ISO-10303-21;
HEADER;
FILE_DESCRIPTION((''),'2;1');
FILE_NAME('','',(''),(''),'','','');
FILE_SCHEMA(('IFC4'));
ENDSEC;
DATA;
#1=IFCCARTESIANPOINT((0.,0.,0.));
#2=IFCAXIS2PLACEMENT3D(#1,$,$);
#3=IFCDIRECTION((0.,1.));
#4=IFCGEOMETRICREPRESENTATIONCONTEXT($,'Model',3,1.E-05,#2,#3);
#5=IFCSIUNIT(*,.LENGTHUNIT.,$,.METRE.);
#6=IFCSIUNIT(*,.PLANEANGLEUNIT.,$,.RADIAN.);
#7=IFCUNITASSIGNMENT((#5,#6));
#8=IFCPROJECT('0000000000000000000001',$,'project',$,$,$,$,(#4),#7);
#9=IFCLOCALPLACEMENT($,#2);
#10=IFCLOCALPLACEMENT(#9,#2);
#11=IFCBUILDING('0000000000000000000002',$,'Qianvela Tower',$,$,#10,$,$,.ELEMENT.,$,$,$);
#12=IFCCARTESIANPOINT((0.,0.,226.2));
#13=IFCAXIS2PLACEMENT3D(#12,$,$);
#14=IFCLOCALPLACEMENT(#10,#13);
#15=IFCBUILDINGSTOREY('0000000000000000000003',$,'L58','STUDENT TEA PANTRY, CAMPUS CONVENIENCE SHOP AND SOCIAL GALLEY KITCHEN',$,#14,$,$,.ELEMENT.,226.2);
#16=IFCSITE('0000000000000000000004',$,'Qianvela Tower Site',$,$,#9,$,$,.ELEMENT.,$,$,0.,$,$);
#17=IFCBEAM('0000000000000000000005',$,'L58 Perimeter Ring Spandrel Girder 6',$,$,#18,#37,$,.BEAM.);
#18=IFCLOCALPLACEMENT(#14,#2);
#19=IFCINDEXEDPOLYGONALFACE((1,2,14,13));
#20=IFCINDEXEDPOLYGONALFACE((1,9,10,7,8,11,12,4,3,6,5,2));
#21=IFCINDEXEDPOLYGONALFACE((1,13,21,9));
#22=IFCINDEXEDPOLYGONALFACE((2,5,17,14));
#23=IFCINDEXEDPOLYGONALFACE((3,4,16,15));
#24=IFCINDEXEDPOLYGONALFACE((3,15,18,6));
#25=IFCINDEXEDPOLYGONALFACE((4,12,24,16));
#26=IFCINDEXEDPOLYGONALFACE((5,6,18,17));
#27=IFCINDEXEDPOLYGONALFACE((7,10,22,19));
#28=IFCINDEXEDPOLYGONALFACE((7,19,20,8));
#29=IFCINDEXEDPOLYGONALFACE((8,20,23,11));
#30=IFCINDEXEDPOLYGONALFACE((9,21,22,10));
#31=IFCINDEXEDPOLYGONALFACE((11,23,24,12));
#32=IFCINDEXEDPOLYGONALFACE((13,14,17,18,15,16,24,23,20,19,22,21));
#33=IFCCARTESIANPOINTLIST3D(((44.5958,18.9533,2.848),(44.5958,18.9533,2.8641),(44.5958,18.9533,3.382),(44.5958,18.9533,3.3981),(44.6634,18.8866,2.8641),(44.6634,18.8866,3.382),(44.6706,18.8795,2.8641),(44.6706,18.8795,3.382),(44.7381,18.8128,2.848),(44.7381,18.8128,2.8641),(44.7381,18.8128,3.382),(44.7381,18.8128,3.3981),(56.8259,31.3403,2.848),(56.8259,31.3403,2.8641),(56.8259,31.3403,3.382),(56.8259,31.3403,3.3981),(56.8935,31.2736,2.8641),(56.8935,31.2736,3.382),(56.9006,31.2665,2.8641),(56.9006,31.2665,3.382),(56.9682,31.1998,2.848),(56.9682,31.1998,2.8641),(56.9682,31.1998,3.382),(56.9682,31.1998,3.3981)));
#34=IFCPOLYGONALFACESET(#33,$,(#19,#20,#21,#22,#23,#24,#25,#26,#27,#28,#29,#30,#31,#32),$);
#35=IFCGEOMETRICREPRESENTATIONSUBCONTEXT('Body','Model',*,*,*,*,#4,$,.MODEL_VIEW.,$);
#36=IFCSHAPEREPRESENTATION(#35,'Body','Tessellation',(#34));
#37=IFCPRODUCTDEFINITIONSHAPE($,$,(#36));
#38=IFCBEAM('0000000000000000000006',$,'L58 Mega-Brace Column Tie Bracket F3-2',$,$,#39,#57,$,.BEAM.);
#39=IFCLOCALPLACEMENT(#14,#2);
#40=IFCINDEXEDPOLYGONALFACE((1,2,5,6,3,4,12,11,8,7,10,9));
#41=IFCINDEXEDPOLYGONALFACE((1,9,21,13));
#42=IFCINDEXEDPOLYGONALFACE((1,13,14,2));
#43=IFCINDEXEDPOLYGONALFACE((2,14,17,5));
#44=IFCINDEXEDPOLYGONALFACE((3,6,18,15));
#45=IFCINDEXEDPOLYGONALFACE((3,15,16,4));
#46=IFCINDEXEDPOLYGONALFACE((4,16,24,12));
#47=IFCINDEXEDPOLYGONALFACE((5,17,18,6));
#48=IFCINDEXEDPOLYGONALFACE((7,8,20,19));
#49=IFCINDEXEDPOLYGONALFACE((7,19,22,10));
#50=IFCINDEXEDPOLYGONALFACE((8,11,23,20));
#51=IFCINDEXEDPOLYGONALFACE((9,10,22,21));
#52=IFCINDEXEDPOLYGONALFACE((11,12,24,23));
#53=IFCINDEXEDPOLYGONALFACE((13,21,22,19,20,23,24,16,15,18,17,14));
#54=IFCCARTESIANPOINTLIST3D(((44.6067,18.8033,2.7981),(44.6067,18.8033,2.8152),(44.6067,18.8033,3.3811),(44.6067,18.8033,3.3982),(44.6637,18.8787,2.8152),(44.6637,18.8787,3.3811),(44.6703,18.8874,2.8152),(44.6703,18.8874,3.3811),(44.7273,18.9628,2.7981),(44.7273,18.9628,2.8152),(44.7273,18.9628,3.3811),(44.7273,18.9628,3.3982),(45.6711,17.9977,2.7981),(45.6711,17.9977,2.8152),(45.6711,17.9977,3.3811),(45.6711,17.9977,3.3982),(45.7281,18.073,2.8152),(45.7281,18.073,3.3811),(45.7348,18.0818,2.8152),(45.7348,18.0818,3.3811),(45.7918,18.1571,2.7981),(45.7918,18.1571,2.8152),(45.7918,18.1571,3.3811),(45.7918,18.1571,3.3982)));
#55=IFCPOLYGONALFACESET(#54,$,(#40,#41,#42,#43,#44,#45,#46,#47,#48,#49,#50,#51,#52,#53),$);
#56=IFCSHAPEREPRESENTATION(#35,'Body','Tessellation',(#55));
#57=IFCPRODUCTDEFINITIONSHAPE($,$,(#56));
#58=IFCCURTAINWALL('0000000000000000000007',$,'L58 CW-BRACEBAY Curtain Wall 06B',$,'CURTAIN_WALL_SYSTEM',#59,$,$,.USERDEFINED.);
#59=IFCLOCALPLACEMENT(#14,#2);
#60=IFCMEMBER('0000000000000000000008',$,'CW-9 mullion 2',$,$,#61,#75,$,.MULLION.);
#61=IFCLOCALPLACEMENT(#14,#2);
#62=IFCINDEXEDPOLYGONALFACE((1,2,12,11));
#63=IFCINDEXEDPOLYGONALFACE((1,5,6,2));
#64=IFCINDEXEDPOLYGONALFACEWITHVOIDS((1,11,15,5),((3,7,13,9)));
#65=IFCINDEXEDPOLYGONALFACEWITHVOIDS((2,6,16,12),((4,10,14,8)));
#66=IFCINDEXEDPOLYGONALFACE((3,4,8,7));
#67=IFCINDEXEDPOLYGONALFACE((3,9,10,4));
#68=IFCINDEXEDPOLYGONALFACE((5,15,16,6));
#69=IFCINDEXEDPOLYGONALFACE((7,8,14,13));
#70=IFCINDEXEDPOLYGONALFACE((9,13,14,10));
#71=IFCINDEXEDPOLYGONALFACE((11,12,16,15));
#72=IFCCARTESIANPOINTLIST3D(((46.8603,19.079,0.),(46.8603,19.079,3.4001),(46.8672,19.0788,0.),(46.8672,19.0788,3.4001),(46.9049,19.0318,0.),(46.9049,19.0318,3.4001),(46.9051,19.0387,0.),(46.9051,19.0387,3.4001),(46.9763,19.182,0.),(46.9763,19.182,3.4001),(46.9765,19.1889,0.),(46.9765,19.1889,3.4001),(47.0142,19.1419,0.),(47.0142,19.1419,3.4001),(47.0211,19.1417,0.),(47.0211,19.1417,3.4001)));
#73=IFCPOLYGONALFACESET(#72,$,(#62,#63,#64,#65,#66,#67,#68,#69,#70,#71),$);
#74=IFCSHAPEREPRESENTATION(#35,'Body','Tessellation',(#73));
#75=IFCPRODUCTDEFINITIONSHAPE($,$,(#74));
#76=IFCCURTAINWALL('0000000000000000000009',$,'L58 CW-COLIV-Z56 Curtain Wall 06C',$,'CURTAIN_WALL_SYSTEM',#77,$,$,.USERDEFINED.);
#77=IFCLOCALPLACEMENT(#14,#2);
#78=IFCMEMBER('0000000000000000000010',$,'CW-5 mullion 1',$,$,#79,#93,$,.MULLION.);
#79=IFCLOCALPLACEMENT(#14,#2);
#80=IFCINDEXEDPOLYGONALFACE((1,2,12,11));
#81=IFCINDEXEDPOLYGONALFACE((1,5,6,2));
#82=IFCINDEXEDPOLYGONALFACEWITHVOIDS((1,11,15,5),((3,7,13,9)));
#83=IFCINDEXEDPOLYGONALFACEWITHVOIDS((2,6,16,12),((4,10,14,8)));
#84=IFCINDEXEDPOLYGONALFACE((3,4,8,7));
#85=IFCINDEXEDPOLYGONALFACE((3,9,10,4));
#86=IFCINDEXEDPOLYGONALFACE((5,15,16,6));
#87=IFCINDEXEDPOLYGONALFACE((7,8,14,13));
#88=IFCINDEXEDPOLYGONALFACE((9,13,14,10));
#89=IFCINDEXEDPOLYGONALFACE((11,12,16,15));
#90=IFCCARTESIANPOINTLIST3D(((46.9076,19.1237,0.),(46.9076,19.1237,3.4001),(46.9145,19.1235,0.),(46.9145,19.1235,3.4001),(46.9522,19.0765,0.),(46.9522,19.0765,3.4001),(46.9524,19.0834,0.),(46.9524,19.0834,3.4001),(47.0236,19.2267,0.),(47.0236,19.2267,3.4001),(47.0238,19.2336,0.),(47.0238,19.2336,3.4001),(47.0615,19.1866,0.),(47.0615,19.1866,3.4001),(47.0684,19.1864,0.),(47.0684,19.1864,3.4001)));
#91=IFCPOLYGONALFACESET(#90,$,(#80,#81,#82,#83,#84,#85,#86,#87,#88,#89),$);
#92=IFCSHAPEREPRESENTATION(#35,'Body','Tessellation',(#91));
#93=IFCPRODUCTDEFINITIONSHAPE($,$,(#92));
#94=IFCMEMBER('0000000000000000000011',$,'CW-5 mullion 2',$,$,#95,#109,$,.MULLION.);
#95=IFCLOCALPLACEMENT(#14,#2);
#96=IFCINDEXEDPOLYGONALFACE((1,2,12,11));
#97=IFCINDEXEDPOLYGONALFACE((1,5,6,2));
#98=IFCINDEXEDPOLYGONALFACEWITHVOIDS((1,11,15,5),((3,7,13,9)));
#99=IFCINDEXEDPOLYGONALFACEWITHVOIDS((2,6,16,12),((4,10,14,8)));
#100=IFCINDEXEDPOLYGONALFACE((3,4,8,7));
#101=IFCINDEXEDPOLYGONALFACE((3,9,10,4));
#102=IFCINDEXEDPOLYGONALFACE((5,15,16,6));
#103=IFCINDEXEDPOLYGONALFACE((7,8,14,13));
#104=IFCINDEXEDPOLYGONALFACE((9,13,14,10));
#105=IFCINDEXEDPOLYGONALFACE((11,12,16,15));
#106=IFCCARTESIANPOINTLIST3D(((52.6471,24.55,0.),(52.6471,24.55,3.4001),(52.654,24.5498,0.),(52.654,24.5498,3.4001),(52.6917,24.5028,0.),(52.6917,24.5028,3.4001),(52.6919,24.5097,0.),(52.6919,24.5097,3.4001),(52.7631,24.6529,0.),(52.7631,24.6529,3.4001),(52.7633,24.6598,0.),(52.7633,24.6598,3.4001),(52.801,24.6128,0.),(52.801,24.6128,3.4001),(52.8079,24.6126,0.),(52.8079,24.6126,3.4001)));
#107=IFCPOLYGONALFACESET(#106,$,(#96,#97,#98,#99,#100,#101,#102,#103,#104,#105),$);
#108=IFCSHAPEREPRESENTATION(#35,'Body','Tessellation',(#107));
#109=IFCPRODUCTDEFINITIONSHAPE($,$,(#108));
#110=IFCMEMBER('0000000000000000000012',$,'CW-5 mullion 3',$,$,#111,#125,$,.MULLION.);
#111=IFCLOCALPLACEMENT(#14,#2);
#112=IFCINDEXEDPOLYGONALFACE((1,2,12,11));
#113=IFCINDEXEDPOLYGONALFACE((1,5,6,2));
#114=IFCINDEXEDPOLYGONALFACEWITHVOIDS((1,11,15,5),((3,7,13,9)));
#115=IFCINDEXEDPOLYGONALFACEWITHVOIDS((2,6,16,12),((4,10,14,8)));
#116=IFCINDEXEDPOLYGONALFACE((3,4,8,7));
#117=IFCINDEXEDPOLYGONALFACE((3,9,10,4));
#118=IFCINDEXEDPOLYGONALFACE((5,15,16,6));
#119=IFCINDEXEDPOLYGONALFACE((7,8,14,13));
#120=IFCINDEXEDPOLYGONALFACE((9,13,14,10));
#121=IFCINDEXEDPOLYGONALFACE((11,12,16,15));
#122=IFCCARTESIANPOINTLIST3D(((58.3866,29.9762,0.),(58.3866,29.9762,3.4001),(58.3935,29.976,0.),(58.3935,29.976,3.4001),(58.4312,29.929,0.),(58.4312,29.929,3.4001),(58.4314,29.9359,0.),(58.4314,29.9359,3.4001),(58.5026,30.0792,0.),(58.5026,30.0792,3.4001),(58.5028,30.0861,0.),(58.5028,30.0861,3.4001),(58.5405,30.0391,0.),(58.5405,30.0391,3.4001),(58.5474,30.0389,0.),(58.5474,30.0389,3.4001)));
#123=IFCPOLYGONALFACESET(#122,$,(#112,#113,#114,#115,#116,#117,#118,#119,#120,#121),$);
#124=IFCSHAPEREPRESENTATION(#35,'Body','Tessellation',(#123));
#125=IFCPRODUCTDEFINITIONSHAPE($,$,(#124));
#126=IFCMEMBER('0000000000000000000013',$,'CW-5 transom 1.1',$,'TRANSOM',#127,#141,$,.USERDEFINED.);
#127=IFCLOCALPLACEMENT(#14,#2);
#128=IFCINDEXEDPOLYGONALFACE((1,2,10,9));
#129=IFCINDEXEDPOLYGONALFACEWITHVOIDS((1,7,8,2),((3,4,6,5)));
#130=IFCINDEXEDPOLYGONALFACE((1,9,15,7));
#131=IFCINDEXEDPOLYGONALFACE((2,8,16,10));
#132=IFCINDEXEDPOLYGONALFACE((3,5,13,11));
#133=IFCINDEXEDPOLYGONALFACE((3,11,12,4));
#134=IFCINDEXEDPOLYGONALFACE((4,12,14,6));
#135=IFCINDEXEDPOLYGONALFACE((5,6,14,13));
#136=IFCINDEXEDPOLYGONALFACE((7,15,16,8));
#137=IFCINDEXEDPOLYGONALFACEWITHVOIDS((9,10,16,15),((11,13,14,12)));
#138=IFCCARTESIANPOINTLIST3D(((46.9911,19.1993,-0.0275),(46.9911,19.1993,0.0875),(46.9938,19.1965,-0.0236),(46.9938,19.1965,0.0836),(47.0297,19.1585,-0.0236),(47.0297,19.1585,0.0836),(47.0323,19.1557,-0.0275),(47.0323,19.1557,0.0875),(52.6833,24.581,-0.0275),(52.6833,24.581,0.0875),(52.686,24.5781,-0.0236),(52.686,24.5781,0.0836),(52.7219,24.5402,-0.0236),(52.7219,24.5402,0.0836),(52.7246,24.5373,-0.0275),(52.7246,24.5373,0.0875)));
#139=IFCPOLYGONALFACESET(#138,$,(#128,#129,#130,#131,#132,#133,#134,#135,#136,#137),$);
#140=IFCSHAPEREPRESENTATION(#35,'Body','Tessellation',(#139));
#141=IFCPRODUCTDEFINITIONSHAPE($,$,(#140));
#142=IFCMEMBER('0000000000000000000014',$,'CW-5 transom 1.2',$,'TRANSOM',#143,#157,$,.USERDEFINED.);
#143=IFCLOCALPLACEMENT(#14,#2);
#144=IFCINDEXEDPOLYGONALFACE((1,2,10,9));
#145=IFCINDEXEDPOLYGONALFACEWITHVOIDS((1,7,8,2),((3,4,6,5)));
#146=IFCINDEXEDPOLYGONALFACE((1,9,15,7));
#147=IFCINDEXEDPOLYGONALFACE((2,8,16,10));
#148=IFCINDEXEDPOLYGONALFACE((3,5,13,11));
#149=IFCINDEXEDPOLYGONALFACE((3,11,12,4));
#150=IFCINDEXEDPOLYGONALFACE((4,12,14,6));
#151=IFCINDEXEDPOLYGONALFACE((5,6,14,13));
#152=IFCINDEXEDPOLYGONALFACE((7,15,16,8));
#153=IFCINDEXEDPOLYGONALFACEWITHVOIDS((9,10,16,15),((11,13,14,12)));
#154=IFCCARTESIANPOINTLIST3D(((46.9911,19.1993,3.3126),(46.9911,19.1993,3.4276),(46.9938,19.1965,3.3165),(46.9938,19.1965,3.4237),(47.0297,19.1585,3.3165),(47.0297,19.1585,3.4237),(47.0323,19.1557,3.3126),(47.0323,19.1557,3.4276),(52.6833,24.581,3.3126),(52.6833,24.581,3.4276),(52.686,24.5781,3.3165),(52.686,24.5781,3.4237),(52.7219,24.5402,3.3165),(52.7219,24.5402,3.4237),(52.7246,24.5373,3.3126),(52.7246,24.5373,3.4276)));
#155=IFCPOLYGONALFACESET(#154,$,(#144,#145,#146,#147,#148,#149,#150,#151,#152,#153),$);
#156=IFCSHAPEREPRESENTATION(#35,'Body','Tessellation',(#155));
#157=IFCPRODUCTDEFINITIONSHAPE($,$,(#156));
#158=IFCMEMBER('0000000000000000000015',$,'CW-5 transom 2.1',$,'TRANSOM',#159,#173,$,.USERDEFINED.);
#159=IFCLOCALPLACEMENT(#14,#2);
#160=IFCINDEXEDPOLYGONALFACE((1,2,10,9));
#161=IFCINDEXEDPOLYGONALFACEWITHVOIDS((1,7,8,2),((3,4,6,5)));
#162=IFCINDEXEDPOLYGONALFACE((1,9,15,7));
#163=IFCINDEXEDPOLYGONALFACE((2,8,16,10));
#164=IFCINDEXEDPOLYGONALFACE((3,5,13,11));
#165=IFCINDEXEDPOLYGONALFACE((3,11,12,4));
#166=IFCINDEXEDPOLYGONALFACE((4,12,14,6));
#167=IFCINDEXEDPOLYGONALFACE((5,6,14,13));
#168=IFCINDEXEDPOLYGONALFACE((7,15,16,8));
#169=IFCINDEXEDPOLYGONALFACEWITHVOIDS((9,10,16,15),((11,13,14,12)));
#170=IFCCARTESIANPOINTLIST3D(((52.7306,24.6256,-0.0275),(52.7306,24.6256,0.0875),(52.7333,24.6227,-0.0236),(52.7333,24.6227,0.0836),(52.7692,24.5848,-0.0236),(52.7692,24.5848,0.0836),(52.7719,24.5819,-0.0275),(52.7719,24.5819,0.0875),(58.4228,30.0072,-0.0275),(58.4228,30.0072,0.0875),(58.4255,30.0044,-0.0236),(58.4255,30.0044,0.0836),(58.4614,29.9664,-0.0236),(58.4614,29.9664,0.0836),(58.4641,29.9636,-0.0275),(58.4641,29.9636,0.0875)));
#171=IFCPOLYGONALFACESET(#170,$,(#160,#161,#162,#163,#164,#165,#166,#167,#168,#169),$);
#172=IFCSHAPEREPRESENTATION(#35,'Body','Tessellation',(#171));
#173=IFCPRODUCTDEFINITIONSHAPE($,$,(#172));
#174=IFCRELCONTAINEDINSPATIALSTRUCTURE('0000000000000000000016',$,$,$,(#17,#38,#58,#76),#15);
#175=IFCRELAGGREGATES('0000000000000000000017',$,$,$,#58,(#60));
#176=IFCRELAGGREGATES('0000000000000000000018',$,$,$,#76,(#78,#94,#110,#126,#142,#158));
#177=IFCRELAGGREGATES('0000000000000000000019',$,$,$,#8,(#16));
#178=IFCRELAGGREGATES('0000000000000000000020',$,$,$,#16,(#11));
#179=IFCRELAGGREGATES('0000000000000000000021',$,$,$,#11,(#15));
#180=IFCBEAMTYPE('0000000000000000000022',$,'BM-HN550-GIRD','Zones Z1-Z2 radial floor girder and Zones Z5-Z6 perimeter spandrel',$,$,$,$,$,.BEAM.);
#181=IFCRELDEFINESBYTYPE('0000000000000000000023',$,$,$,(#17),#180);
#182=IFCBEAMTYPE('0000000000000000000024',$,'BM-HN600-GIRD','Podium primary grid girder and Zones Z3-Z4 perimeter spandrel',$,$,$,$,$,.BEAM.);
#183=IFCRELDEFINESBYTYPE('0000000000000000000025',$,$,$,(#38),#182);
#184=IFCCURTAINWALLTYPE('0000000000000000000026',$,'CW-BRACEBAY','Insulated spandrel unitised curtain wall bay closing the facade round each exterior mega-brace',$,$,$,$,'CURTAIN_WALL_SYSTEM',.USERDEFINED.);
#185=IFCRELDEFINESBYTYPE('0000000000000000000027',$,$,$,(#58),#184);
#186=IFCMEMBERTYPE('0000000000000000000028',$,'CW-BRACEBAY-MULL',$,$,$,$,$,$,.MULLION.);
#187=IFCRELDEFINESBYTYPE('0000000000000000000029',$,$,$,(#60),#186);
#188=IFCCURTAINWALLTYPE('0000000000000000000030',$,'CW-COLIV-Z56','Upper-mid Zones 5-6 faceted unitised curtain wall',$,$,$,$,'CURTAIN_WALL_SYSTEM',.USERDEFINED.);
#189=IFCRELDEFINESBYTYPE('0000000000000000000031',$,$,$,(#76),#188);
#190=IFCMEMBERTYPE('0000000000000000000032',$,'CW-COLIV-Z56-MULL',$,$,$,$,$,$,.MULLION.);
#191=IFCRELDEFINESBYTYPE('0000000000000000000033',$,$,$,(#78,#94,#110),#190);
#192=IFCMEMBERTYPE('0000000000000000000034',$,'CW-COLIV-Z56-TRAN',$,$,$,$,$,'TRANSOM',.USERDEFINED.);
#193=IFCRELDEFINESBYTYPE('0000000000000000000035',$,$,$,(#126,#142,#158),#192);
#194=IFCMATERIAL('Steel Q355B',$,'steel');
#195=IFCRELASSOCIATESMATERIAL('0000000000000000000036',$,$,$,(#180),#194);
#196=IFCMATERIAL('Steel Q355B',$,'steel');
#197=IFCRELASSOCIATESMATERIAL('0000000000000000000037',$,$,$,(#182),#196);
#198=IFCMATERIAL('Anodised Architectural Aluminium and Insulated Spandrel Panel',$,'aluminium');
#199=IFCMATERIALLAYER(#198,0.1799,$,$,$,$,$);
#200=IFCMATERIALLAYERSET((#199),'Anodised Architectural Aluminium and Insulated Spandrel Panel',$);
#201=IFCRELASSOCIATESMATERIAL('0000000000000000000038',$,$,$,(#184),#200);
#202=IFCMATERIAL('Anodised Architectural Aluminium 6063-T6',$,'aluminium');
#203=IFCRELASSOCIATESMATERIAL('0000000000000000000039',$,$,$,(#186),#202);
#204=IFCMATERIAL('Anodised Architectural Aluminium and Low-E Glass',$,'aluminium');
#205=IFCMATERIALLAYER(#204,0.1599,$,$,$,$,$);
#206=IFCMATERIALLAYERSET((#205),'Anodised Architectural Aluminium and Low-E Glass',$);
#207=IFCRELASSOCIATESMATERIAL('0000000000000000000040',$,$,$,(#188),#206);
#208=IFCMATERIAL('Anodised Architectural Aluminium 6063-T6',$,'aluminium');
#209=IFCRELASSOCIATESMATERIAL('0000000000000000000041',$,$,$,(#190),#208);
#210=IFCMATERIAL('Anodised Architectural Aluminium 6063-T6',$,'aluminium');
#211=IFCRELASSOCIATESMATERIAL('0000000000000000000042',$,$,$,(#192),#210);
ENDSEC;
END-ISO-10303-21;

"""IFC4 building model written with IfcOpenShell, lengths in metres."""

from ifc_helpers import new_model, si_unit, direction, frame, origin, origin_2d, place, context, subcontext, project, spatial, hollow_rectangle, i_section, extrude, material, layer, layer_set, material_profile, profile_set, type_object, element, aggregate, save


model = new_model("IFC4")

# Units and contexts
model_context = context("Model", 3, precision=1e-05, world=origin(), true_north=direction((0.0, 1.0)))
body_context = subcontext(model_context, "Body", "Model", "MODEL_VIEW")
ifc_project = project(units=[si_unit("LENGTHUNIT", "METRE"), si_unit("PLANEANGLEUNIT", "RADIAN")], contexts=[model_context])

# Site, building, storey
site_placement = place(None, origin())
site = spatial("IfcSite", under=ifc_project, at=site_placement, Name="Qianvela Tower Site", CompositionType="ELEMENT", RefElevation=0.0)
building_placement = place(site_placement, origin())
building = spatial("IfcBuilding", under=site, at=building_placement, Name="Qianvela Tower", CompositionType="ELEMENT")
storey_placement = place(building_placement, frame((0.0, 0.0, 226.2)))
storey = spatial("IfcBuildingStorey", under=building, at=storey_placement, Name="L58", Description="STUDENT TEA PANTRY, CAMPUS CONVENIENCE SHOP AND SOCIAL GALLEY KITCHEN", CompositionType="ELEMENT", Elevation=226.2)

# Beams
ifc_material_1 = material(Name="Steel Q355B", Category="steel")
ifc_material_profile_1 = material_profile(ifc_material_1, i_section(OverallWidth=0.2, OverallDepth=0.55, WebThickness=0.01, FlangeThickness=0.0161, at=origin_2d()), Name="HN550x200x10x16")
ifc_profile_set_1 = profile_set([ifc_material_profile_1], Name="Steel Q355B")
beam_type_1 = type_object("IfcBeamType", Name="BM-HN550-GIRD", Description="Zones Z1-Z2 radial floor girder and Zones Z5-Z6 perimeter spandrel", PredefinedType="BEAM", material=ifc_profile_set_1)
beam_1_placement = place(storey_placement, frame((44.667, 18.8831, 3.123), z_axis=(0.702583, 0.711602, 0.0), x_axis=(-0.711602, 0.702583, 0.0)))
element("IfcBeam", 1, at=beam_1_placement, inside=storey, type_object=beam_type_1, Name="L58 Perimeter Ring Spandrel Girder 6", PredefinedType="BEAM", context=body_context, shape_type="SweptSolid", body=[
    extrude(i_section(OverallWidth=0.2, OverallDepth=0.55, WebThickness=0.01, FlangeThickness=0.0161, at=origin_2d()), origin(), (0.0, 0.0, 1.0), 17.4072),
])
ifc_material_2 = material(Name="Steel Q355B", Category="steel")
ifc_material_profile_2 = material_profile(ifc_material_2, i_section(OverallWidth=0.2, OverallDepth=0.6001, WebThickness=0.011, FlangeThickness=0.0171, at=origin_2d()), Name="HN600x200x11x17")
ifc_profile_set_2 = profile_set([ifc_material_profile_2], Name="Steel Q355B")
beam_type_2 = type_object("IfcBeamType", Name="BM-HN600-GIRD", Description="Podium primary grid girder and Zones Z3-Z4 perimeter spandrel", PredefinedType="BEAM", material=ifc_profile_set_2)
beam_2_placement = place(storey_placement, frame((44.667, 18.8831, 3.0981), z_axis=(0.797359, -0.603506, 0.0), x_axis=(0.603506, 0.797359, 0.0)))
element("IfcBeam", 2, at=beam_2_placement, inside=storey, type_object=beam_type_2, Name="L58 Mega-Brace Column Tie Bracket F3-2", PredefinedType="BEAM", context=body_context, shape_type="SweptSolid", body=[
    extrude(i_section(OverallWidth=0.2, OverallDepth=0.6001, WebThickness=0.011, FlangeThickness=0.0171, at=origin_2d()), origin(), (0.0, 0.0, 1.0), 1.335),
])

# Curtain wall, member
ifc_material_3 = material(Name="Anodised Architectural Aluminium and Insulated Spandrel Panel", Category="aluminium")
ifc_layer_1 = layer(ifc_material_3, 0.1799)
ifc_layer_set_1 = layer_set([ifc_layer_1], Name="Anodised Architectural Aluminium and Insulated Spandrel Panel")
curtain_wall_type_1 = type_object("IfcCurtainWallType", Name="CW-BRACEBAY", Description="Insulated spandrel unitised curtain wall bay closing the facade round each exterior mega-brace", ElementType="CURTAIN_WALL_SYSTEM", PredefinedType="USERDEFINED", material=ifc_layer_set_1)
curtain_wall_1_placement = place(storey_placement, origin())
curtain_wall_1 = element("IfcCurtainWall", 3, at=curtain_wall_1_placement, inside=storey, type_object=curtain_wall_type_1, Name="L58 CW-BRACEBAY Curtain Wall 06B", ObjectType="CURTAIN_WALL_SYSTEM", PredefinedType="USERDEFINED")
ifc_material_4 = material(Name="Anodised Architectural Aluminium 6063-T6", Category="aluminium")
ifc_material_profile_3 = material_profile(ifc_material_4, hollow_rectangle(XDim=0.0649, YDim=0.1599, WallThickness=0.0049, at=origin_2d()), Name="ALU-MULL-65x160")
ifc_profile_set_3 = profile_set([ifc_material_profile_3], Name="Anodised Architectural Aluminium 6063-T6")
member_type_1 = type_object("IfcMemberType", Name="CW-BRACEBAY-MULL", PredefinedType="MULLION", material=ifc_profile_set_3)
member_1_placement = place(storey_placement, frame((46.9407, 19.1104, 0.0), z_axis=(0.0, 0.0, 1.0), x_axis=(-0.687003, 0.726655, 0.0)))
member_1 = element("IfcMember", 4, at=member_1_placement, type_object=member_type_1, Name="CW-9 mullion 2", PredefinedType="MULLION", context=body_context, shape_type="SweptSolid", body=[
    extrude(hollow_rectangle(XDim=0.0649, YDim=0.1599, WallThickness=0.0049, at=origin_2d()), origin(), (0.0, 0.0, 1.0), 3.4001),
])

# Curtain wall, members
ifc_material_5 = material(Name="Anodised Architectural Aluminium and Low-E Glass", Category="aluminium")
ifc_layer_2 = layer(ifc_material_5, 0.1599)
ifc_layer_set_2 = layer_set([ifc_layer_2], Name="Anodised Architectural Aluminium and Low-E Glass")
curtain_wall_type_2 = type_object("IfcCurtainWallType", Name="CW-COLIV-Z56", Description="Upper-mid Zones 5-6 faceted unitised curtain wall", ElementType="CURTAIN_WALL_SYSTEM", PredefinedType="USERDEFINED", material=ifc_layer_set_2)
curtain_wall_2_placement = place(storey_placement, origin())
curtain_wall_2 = element("IfcCurtainWall", 5, at=curtain_wall_2_placement, inside=storey, type_object=curtain_wall_type_2, Name="L58 CW-COLIV-Z56 Curtain Wall 06C", ObjectType="CURTAIN_WALL_SYSTEM", PredefinedType="USERDEFINED")
ifc_material_6 = material(Name="Anodised Architectural Aluminium 6063-T6", Category="aluminium")
ifc_material_profile_4 = material_profile(ifc_material_6, hollow_rectangle(XDim=0.0649, YDim=0.1599, WallThickness=0.0049, at=origin_2d()), Name="ALU-MULL-65x160")
ifc_profile_set_4 = profile_set([ifc_material_profile_4], Name="Anodised Architectural Aluminium 6063-T6")
member_type_2 = type_object("IfcMemberType", Name="CW-COLIV-Z56-MULL", PredefinedType="MULLION", material=ifc_profile_set_4)
member_2_placement = place(storey_placement, frame((46.988, 19.155, 0.0), z_axis=(0.0, 0.0, 1.0), x_axis=(-0.686998, 0.726659, 0.0)))
member_2 = element("IfcMember", 6, at=member_2_placement, type_object=member_type_2, Name="CW-5 mullion 1", PredefinedType="MULLION", context=body_context, shape_type="SweptSolid", body=[
    extrude(hollow_rectangle(XDim=0.0649, YDim=0.1599, WallThickness=0.0049, at=origin_2d()), origin(), (0.0, 0.0, 1.0), 3.4001),
])
member_3_placement = place(storey_placement, frame((52.7275, 24.5813, 0.0), z_axis=(0.0, 0.0, 1.0), x_axis=(-0.686998, 0.726659, 0.0)))
member_3 = element("IfcMember", 7, at=member_3_placement, type_object=member_type_2, Name="CW-5 mullion 2", PredefinedType="MULLION", context=body_context, shape_type="SweptSolid", body=[
    extrude(hollow_rectangle(XDim=0.0649, YDim=0.1599, WallThickness=0.0049, at=origin_2d()), origin(), (0.0, 0.0, 1.0), 3.4001),
])
member_4_placement = place(storey_placement, frame((58.467, 30.0076, 0.0), z_axis=(0.0, 0.0, 1.0), x_axis=(-0.686998, 0.726659, 0.0)))
member_4 = element("IfcMember", 8, at=member_4_placement, type_object=member_type_2, Name="CW-5 mullion 3", PredefinedType="MULLION", context=body_context, shape_type="SweptSolid", body=[
    extrude(hollow_rectangle(XDim=0.0649, YDim=0.1599, WallThickness=0.0049, at=origin_2d()), origin(), (0.0, 0.0, 1.0), 3.4001),
])
ifc_material_7 = material(Name="Anodised Architectural Aluminium 6063-T6", Category="aluminium")
ifc_material_profile_5 = material_profile(ifc_material_7, hollow_rectangle(XDim=0.0601, YDim=0.115, WallThickness=0.0039, at=origin_2d()), Name="ALU-TRAN-60x115")
ifc_profile_set_5 = profile_set([ifc_material_profile_5], Name="Anodised Architectural Aluminium 6063-T6")
member_type_3 = type_object("IfcMemberType", Name="CW-COLIV-Z56-TRAN", ElementType="TRANSOM", PredefinedType="USERDEFINED", material=ifc_profile_set_5)
member_5_placement = place(storey_placement, frame((47.0117, 19.1775, 0.03), z_axis=(0.726651, 0.687007, 0.0), x_axis=(-0.687007, 0.726651, 0.0)))
member_5 = element("IfcMember", 9, at=member_5_placement, type_object=member_type_3, Name="CW-5 transom 1.1", ObjectType="TRANSOM", PredefinedType="USERDEFINED", context=body_context, shape_type="SweptSolid", body=[
    extrude(hollow_rectangle(XDim=0.0601, YDim=0.115, WallThickness=0.0039, at=origin_2d()), origin(), (0.0, 0.0, 1.0), 7.8335),
])
member_6_placement = place(storey_placement, frame((47.0117, 19.1775, 3.3701), z_axis=(0.726651, 0.687007, 0.0), x_axis=(-0.687007, 0.726651, 0.0)))
member_6 = element("IfcMember", 10, at=member_6_placement, type_object=member_type_3, Name="CW-5 transom 1.2", ObjectType="TRANSOM", PredefinedType="USERDEFINED", context=body_context, shape_type="SweptSolid", body=[
    extrude(hollow_rectangle(XDim=0.0601, YDim=0.115, WallThickness=0.0039, at=origin_2d()), origin(), (0.0, 0.0, 1.0), 7.8335),
])
member_7_placement = place(storey_placement, frame((52.7512, 24.6038, 0.03), z_axis=(0.726651, 0.687007, 0.0), x_axis=(-0.687007, 0.726651, 0.0)))
member_7 = element("IfcMember", 11, at=member_7_placement, type_object=member_type_3, Name="CW-5 transom 2.1", ObjectType="TRANSOM", PredefinedType="USERDEFINED", context=body_context, shape_type="SweptSolid", body=[
    extrude(hollow_rectangle(XDim=0.0601, YDim=0.115, WallThickness=0.0039, at=origin_2d()), origin(), (0.0, 0.0, 1.0), 7.8335),
])

aggregate(curtain_wall_1, [member_1])
aggregate(curtain_wall_2, [member_2, member_3, member_4, member_5, member_6, member_7])

save(model, "model.ifc")
